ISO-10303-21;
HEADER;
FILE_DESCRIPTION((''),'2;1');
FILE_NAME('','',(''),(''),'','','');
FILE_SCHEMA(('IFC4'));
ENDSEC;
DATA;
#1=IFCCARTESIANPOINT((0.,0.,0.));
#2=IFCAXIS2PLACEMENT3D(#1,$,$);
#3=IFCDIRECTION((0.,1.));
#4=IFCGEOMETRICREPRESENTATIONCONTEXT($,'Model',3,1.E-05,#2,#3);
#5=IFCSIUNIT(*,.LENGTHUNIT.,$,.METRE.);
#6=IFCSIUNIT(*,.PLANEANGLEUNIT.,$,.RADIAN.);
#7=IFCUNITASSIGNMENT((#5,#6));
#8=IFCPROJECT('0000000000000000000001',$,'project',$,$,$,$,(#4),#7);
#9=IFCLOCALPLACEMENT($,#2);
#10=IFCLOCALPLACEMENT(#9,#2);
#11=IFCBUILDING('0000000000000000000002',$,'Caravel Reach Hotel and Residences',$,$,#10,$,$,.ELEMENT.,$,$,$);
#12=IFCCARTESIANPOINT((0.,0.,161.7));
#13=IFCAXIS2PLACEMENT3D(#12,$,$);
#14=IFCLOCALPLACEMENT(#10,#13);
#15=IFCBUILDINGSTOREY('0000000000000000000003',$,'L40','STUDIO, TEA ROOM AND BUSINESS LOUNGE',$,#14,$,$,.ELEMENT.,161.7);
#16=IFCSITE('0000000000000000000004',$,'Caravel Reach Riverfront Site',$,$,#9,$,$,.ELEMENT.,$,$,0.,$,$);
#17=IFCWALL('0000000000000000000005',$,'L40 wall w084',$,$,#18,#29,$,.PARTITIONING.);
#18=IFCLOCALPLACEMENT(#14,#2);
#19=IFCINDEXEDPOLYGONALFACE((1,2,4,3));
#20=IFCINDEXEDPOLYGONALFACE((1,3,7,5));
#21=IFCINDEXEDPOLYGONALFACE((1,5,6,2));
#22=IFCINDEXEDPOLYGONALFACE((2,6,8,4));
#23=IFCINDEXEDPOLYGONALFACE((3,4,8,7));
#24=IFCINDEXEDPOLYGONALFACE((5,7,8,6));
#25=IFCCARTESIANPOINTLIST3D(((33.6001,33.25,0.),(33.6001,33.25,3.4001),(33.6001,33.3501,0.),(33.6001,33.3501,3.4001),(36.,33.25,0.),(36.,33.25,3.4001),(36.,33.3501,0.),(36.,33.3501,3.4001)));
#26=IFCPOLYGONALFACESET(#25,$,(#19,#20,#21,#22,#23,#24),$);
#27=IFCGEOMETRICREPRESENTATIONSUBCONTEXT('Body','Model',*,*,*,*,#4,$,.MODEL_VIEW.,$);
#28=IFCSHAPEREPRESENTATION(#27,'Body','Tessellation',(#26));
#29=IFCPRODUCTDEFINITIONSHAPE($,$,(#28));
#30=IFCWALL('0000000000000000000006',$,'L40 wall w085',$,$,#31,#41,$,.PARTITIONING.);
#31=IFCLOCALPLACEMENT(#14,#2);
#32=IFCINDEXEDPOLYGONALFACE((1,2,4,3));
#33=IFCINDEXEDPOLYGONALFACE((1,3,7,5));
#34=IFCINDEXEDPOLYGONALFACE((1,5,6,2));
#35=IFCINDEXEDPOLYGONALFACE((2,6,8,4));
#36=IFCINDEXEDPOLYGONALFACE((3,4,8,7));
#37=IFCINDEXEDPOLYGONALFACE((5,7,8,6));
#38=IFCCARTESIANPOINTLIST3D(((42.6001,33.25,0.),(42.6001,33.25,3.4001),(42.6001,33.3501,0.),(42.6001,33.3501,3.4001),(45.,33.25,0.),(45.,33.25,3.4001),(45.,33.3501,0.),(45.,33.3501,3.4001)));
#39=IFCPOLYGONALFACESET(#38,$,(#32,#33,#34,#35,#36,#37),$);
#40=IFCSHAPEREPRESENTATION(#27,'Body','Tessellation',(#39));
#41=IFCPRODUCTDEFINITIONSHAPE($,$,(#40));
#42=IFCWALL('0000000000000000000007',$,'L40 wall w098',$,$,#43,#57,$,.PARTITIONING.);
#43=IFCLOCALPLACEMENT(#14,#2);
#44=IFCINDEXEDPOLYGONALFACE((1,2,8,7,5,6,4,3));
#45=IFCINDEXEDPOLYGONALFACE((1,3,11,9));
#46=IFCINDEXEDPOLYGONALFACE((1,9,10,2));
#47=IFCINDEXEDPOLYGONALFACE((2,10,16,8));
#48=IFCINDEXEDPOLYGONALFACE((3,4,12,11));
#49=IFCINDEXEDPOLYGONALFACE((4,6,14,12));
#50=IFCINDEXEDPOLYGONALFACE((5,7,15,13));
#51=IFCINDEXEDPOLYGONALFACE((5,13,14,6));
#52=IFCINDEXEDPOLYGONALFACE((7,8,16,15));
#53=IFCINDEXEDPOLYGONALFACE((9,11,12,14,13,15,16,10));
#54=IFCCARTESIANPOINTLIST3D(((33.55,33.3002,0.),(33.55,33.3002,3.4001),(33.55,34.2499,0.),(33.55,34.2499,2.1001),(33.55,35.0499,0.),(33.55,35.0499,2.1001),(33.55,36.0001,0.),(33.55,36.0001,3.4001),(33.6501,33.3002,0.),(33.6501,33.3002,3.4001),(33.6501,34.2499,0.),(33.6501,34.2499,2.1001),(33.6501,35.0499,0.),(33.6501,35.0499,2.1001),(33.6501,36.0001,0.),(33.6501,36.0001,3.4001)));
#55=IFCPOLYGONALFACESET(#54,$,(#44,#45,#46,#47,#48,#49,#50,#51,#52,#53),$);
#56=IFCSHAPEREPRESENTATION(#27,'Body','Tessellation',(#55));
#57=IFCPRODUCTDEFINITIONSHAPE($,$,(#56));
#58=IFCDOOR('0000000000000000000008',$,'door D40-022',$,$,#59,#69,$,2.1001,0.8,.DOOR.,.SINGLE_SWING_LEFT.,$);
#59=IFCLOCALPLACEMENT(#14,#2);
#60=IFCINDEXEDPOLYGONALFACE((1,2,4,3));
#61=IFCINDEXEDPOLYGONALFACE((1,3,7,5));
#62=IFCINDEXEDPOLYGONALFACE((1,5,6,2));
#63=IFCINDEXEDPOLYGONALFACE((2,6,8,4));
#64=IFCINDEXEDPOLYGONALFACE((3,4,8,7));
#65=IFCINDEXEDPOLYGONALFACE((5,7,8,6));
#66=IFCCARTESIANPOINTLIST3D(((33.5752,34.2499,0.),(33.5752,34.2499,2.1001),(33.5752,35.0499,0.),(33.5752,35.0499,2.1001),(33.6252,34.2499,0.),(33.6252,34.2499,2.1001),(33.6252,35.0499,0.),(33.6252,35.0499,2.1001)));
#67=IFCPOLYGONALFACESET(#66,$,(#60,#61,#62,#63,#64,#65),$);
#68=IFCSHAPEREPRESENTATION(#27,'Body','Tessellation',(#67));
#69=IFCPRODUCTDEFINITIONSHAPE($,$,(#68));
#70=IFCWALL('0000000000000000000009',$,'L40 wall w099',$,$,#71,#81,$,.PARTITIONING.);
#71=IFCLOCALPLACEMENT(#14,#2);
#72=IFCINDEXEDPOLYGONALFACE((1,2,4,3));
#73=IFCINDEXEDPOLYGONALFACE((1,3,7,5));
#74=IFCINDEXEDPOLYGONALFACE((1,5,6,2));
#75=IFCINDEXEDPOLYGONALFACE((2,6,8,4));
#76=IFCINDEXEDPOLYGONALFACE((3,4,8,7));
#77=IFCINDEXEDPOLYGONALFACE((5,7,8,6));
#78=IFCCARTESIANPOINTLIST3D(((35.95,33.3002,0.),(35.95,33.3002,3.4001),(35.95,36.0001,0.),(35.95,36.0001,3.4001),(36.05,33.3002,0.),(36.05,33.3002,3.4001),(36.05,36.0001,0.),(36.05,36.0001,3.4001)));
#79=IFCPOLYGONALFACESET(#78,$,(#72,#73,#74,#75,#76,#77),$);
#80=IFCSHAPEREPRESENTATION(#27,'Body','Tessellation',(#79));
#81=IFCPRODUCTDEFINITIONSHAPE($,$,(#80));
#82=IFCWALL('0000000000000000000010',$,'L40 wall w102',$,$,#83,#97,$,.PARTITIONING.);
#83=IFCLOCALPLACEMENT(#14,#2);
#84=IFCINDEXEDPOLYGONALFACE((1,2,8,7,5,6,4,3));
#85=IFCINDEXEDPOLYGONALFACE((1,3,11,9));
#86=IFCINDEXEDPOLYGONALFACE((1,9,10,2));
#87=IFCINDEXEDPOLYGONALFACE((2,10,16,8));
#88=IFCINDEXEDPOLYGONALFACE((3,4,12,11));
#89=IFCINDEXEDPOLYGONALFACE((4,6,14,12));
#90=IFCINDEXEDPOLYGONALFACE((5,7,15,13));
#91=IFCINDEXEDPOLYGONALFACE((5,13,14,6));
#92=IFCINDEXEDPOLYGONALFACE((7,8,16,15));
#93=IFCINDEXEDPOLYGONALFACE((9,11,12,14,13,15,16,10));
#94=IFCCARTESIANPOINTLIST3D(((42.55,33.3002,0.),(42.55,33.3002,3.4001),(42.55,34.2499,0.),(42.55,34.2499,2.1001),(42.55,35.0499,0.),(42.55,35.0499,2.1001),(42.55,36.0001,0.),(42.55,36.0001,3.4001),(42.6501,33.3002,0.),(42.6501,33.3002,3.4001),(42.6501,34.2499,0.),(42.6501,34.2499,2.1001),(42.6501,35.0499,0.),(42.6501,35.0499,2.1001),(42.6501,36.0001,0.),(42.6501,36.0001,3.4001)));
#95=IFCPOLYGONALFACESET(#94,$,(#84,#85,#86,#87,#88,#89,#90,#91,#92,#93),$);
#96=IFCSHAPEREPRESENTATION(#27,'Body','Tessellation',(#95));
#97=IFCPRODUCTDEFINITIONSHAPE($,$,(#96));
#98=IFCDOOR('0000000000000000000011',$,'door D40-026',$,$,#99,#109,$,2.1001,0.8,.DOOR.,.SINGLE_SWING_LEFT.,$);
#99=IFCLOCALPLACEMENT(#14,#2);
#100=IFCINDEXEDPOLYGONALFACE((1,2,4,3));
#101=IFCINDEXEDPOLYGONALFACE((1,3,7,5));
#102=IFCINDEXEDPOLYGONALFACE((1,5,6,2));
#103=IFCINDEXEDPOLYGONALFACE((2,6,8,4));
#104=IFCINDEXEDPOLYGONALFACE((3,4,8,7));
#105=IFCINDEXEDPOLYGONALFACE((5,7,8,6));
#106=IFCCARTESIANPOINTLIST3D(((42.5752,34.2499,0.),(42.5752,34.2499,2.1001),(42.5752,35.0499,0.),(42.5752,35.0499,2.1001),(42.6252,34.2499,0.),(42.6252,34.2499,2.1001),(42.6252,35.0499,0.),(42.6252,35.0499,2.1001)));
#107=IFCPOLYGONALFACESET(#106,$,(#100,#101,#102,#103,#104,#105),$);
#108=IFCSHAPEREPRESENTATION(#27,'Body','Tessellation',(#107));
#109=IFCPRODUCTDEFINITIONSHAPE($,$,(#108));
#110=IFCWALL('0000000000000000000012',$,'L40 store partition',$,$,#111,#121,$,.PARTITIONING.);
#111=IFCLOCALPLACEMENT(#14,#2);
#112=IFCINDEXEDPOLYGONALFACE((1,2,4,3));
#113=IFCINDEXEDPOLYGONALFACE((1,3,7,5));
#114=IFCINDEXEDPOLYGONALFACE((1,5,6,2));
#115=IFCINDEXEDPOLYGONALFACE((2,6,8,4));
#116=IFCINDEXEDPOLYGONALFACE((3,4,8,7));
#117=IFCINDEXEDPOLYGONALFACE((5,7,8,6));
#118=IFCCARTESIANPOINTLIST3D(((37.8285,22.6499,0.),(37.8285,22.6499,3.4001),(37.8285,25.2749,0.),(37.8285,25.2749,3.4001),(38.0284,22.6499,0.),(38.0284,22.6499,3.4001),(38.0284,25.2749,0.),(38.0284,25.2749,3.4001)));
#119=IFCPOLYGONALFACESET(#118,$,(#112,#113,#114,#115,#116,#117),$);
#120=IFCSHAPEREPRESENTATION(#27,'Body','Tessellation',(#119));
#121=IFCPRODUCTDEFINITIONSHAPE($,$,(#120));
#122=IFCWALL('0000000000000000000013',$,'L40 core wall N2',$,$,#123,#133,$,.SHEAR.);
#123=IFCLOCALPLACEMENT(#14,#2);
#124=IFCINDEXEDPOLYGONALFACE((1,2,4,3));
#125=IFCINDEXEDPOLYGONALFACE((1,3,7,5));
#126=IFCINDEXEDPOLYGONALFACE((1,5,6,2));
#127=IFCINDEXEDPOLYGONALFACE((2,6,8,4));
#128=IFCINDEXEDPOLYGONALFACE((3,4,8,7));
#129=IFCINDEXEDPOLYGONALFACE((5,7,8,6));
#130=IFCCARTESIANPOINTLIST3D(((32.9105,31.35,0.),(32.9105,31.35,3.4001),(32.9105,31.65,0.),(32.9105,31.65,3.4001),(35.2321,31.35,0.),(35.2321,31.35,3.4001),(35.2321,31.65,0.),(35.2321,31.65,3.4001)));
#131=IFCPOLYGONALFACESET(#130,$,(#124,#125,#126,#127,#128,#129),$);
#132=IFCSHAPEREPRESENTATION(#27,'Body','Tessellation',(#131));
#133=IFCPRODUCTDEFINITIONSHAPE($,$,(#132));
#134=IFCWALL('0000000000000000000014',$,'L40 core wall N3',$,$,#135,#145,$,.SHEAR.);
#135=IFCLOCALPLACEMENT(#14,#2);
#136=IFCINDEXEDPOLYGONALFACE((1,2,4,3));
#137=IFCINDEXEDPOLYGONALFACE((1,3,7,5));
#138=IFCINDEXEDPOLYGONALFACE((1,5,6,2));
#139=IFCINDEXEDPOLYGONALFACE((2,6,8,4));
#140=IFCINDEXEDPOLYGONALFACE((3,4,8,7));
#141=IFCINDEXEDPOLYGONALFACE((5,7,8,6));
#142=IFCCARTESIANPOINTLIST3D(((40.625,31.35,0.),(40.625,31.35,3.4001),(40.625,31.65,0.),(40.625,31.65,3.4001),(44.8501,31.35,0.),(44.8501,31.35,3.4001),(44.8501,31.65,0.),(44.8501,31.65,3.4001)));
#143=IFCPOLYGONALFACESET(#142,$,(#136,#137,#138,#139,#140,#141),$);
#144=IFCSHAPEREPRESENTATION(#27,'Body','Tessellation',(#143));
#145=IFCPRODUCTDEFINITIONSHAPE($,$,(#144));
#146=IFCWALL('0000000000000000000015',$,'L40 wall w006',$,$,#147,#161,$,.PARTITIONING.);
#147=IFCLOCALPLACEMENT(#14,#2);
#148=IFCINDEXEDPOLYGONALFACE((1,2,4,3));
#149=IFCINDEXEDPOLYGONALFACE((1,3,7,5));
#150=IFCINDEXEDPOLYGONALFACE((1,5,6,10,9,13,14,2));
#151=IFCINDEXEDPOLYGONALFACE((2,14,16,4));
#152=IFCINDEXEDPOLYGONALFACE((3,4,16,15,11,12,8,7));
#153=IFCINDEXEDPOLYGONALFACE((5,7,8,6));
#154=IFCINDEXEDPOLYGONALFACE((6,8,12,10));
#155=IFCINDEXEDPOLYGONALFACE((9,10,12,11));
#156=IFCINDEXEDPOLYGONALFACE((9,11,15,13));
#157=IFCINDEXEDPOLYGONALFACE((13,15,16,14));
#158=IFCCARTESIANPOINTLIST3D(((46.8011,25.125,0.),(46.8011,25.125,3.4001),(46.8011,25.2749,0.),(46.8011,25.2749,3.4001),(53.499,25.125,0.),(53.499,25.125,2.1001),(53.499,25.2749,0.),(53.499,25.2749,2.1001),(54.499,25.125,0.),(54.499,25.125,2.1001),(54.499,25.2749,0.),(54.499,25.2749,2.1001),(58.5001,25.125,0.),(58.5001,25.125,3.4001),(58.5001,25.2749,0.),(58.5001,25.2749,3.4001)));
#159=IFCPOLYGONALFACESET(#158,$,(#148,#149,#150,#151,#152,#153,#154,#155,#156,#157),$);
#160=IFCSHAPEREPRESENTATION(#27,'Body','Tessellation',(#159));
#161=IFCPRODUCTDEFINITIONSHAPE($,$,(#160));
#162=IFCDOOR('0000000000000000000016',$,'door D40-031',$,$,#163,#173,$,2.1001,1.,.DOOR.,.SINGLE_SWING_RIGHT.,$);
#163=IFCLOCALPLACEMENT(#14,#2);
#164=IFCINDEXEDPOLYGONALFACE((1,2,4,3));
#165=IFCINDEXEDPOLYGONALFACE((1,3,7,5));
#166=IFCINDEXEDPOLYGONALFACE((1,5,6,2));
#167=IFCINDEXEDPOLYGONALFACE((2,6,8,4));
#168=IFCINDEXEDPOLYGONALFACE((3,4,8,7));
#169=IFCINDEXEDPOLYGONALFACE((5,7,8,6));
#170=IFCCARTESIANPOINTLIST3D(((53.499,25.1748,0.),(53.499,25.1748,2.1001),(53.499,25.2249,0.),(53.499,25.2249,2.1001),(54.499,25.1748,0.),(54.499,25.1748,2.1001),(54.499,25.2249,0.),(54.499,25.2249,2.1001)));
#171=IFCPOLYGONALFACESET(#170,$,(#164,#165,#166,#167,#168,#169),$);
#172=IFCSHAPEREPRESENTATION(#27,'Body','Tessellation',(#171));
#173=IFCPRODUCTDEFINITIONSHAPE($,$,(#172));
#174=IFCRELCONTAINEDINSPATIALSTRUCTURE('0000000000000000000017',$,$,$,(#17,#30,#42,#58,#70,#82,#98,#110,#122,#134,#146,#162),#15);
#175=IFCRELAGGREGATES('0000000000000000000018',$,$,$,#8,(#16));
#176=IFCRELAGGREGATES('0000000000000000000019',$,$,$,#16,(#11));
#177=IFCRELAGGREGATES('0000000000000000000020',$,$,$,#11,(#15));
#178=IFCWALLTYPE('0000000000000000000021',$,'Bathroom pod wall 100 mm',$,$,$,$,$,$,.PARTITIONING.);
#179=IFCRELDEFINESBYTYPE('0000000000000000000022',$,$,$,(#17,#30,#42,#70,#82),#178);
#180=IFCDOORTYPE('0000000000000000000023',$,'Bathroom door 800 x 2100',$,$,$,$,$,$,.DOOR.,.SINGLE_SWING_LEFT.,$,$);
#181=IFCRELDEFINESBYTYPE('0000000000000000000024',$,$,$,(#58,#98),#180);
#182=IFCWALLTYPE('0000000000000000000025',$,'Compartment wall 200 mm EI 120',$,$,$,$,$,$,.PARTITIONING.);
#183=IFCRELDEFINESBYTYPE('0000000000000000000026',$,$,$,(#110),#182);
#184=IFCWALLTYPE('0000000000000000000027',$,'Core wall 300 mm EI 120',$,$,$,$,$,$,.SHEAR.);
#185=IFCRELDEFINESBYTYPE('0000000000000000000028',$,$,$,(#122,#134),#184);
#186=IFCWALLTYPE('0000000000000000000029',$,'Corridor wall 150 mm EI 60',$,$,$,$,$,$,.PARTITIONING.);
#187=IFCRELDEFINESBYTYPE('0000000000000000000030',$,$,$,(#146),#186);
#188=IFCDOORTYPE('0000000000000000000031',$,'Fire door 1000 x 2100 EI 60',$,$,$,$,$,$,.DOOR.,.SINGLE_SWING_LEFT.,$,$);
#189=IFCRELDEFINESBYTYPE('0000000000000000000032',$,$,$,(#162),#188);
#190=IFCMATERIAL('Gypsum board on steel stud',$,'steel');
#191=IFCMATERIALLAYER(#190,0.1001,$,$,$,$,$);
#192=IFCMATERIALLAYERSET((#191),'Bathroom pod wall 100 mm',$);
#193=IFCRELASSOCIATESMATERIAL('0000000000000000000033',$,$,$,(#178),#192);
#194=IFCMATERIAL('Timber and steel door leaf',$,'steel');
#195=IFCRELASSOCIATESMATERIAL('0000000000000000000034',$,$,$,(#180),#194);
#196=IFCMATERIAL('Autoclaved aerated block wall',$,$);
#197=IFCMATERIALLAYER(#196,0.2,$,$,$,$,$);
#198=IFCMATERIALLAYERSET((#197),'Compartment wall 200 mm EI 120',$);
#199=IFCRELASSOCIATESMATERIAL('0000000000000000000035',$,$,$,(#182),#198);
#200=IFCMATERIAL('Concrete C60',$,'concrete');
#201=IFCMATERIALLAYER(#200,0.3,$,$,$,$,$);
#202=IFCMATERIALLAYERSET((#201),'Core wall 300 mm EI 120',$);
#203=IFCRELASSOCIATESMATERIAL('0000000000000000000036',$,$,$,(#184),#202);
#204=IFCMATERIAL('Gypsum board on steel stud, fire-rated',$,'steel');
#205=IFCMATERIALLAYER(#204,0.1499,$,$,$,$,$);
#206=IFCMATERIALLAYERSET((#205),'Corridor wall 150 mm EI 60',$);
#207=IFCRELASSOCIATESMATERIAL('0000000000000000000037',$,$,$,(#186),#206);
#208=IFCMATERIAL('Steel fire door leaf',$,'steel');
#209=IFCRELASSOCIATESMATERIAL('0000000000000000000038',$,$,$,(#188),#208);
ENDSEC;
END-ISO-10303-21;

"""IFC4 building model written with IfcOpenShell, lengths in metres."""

from ifc_helpers import new_model, si_unit, direction, frame, frame_2d, origin, place, context, subcontext, project, spatial, rectangle, extrude, material, layer, layer_set, type_object, element, fill, save


model = new_model("IFC4")

# Units and contexts
model_context = context("Model", 3, precision=1e-05, world=origin(), true_north=direction((0.0, 1.0)))
body_context = subcontext(model_context, "Body", "Model", "MODEL_VIEW")
ifc_project = project(units=[si_unit("LENGTHUNIT", "METRE"), si_unit("PLANEANGLEUNIT", "RADIAN")], contexts=[model_context])

# Site, building, storey
site_placement = place(None, origin())
site = spatial("IfcSite", under=ifc_project, at=site_placement, Name="Caravel Reach Riverfront Site", CompositionType="ELEMENT", RefElevation=0.0)
building_placement = place(site_placement, origin())
building = spatial("IfcBuilding", under=site, at=building_placement, Name="Caravel Reach Hotel and Residences", CompositionType="ELEMENT")
storey_placement = place(building_placement, frame((0.0, 0.0, 161.7)))
storey = spatial("IfcBuildingStorey", under=building, at=storey_placement, Name="L40", Description="STUDIO, TEA ROOM AND BUSINESS LOUNGE", CompositionType="ELEMENT", Elevation=161.7)

# Walls
ifc_material_1 = material(Name="Gypsum board on steel stud", Category="steel")
ifc_layer_1 = layer(ifc_material_1, 0.1001)
ifc_layer_set_1 = layer_set([ifc_layer_1], Name="Bathroom pod wall 100 mm")
wall_type_1 = type_object("IfcWallType", Name="Bathroom pod wall 100 mm", PredefinedType="PARTITIONING", material=ifc_layer_set_1)
for number, where, z_axis, x_axis, name in (
    (1, (33.6001, 33.3, 0.0), (0.0, 0.0, 1.0), (1.0, 0.0, 0.0), "L40 wall w084"),
    (2, (42.6001, 33.3, 0.0), (0.0, 0.0, 1.0), (1.0, 0.0, 0.0), "L40 wall w085"),
):
    element("IfcWall", number, at=place(storey_placement, frame(where, z_axis=z_axis, x_axis=x_axis)), inside=storey, type_object=wall_type_1, Name=name, PredefinedType="PARTITIONING", context=body_context, shape_type="SweptSolid", body=[
        extrude(rectangle(XDim=2.3999, YDim=0.1001, at=frame_2d((1.2, 0.0))), origin(), (0.0, 0.0, 1.0), 3.4001),
    ])

# Wall, opening, door
wall_1_placement = place(storey_placement, frame((33.6001, 33.3, 0.0), z_axis=(0.0, 0.0, 1.0), x_axis=(0.0, 1.0, 0.0)))
wall_1 = element("IfcWall", 3, at=wall_1_placement, inside=storey, type_object=wall_type_1, Name="L40 wall w098", PredefinedType="PARTITIONING", context=body_context, shape_type="SweptSolid", body=[
    extrude(rectangle(XDim=2.7, YDim=0.1001, at=frame_2d((1.3501, 0.0))), origin(), (0.0, 0.0, 1.0), 3.4001),
])
opening_1_placement = place(wall_1_placement, frame((0.95, 0.0, 0.0)))
opening_1 = element("IfcOpeningElement", 4, at=opening_1_placement, cuts=wall_1, PredefinedType="OPENING", context=body_context, shape_type="SweptSolid", body=[
    extrude(rectangle(XDim=0.8, YDim=2.1001, at=frame_2d((0.3999, 1.05))), frame((0.0, 0.0601, 0.0), z_axis=(0.0, -1.0, 0.0), x_axis=(1.0, 0.0, 0.0)), (0.0, 0.0, 1.0), 0.1201),
])
ifc_material_2 = material(Name="Timber and steel door leaf", Category="steel")
door_type_1 = type_object("IfcDoorType", Name="Bathroom door 800 x 2100", OperationType="SINGLE_SWING_LEFT", PredefinedType="DOOR", material=ifc_material_2)
door_1_placement = place(opening_1_placement, origin())
door_1 = element("IfcDoor", 5, at=door_1_placement, inside=storey, type_object=door_type_1, Name="door D40-022", OperationType="SINGLE_SWING_LEFT", OverallHeight=2.1001, OverallWidth=0.8, PredefinedType="DOOR", context=body_context, shape_type="SweptSolid", body=[
    extrude(rectangle(XDim=0.8, YDim=2.1001, at=frame_2d((0.3999, 1.05))), frame((0.0, 0.0249, 0.0), z_axis=(0.0, -1.0, 0.0), x_axis=(1.0, 0.0, 0.0)), (0.0, 0.0, 1.0), 0.05),
])
fill(opening_1, door_1)

# Wall
wall_2_placement = place(storey_placement, frame((36.0, 33.3, 0.0), z_axis=(0.0, 0.0, 1.0), x_axis=(0.0, 1.0, 0.0)))
element("IfcWall", 6, at=wall_2_placement, inside=storey, type_object=wall_type_1, Name="L40 wall w099", PredefinedType="PARTITIONING", context=body_context, shape_type="SweptSolid", body=[
    extrude(rectangle(XDim=2.7, YDim=0.1001, at=frame_2d((1.3501, 0.0))), origin(), (0.0, 0.0, 1.0), 3.4001),
])

# Wall, opening, door
wall_3_placement = place(storey_placement, frame((42.6001, 33.3, 0.0), z_axis=(0.0, 0.0, 1.0), x_axis=(0.0, 1.0, 0.0)))
wall_3 = element("IfcWall", 7, at=wall_3_placement, inside=storey, type_object=wall_type_1, Name="L40 wall w102", PredefinedType="PARTITIONING", context=body_context, shape_type="SweptSolid", body=[
    extrude(rectangle(XDim=2.7, YDim=0.1001, at=frame_2d((1.3501, 0.0))), origin(), (0.0, 0.0, 1.0), 3.4001),
])
opening_2_placement = place(wall_3_placement, frame((0.95, 0.0, 0.0)))
opening_2 = element("IfcOpeningElement", 8, at=opening_2_placement, cuts=wall_3, PredefinedType="OPENING", context=body_context, shape_type="SweptSolid", body=[
    extrude(rectangle(XDim=0.8, YDim=2.1001, at=frame_2d((0.3999, 1.05))), frame((0.0, 0.0601, 0.0), z_axis=(0.0, -1.0, 0.0), x_axis=(1.0, 0.0, 0.0)), (0.0, 0.0, 1.0), 0.1201),
])
door_2_placement = place(opening_2_placement, origin())
door_2 = element("IfcDoor", 9, at=door_2_placement, inside=storey, type_object=door_type_1, Name="door D40-026", OperationType="SINGLE_SWING_LEFT", OverallHeight=2.1001, OverallWidth=0.8, PredefinedType="DOOR", context=body_context, shape_type="SweptSolid", body=[
    extrude(rectangle(XDim=0.8, YDim=2.1001, at=frame_2d((0.3999, 1.05))), frame((0.0, 0.0249, 0.0), z_axis=(0.0, -1.0, 0.0), x_axis=(1.0, 0.0, 0.0)), (0.0, 0.0, 1.0), 0.05),
])
fill(opening_2, door_2)

# Walls
ifc_material_3 = material(Name="Autoclaved aerated block wall")
ifc_layer_2 = layer(ifc_material_3, 0.2)
ifc_layer_set_2 = layer_set([ifc_layer_2], Name="Compartment wall 200 mm EI 120")
wall_type_2 = type_object("IfcWallType", Name="Compartment wall 200 mm EI 120", PredefinedType="PARTITIONING", material=ifc_layer_set_2)
wall_4_placement = place(storey_placement, frame((37.9285, 22.6499, 0.0), z_axis=(0.0, 0.0, 1.0), x_axis=(0.0, 1.0, 0.0)))
element("IfcWall", 10, at=wall_4_placement, inside=storey, type_object=wall_type_2, Name="L40 store partition", PredefinedType="PARTITIONING", context=body_context, shape_type="SweptSolid", body=[
    extrude(rectangle(XDim=2.625, YDim=0.2, at=frame_2d((1.3125, 0.0))), origin(), (0.0, 0.0, 1.0), 3.4001),
])
ifc_material_4 = material(Name="Concrete C60", Category="concrete")
ifc_layer_3 = layer(ifc_material_4, 0.3)
ifc_layer_set_3 = layer_set([ifc_layer_3], Name="Core wall 300 mm EI 120")
wall_type_3 = type_object("IfcWallType", Name="Core wall 300 mm EI 120", PredefinedType="SHEAR", material=ifc_layer_set_3)
wall_5_placement = place(storey_placement, frame((32.9106, 31.5, 0.0), z_axis=(0.0, 0.0, 1.0), x_axis=(1.0, 0.0, 0.0)))
element("IfcWall", 11, at=wall_5_placement, inside=storey, type_object=wall_type_3, Name="L40 core wall N2", PredefinedType="SHEAR", context=body_context, shape_type="SweptSolid", body=[
    extrude(rectangle(XDim=2.3215, YDim=0.3, at=frame_2d((1.1606, 0.0))), origin(), (0.0, 0.0, 1.0), 3.4001),
])
wall_6_placement = place(storey_placement, frame((40.625, 31.5, 0.0), z_axis=(0.0, 0.0, 1.0), x_axis=(1.0, 0.0, 0.0)))
element("IfcWall", 12, at=wall_6_placement, inside=storey, type_object=wall_type_3, Name="L40 core wall N3", PredefinedType="SHEAR", context=body_context, shape_type="SweptSolid", body=[
    extrude(rectangle(XDim=4.2251, YDim=0.3, at=frame_2d((2.1125, 0.0))), origin(), (0.0, 0.0, 1.0), 3.4001),
])

# Wall, opening, door
ifc_material_5 = material(Name="Gypsum board on steel stud, fire-rated", Category="steel")
ifc_layer_4 = layer(ifc_material_5, 0.1499)
ifc_layer_set_4 = layer_set([ifc_layer_4], Name="Corridor wall 150 mm EI 60")
wall_type_4 = type_object("IfcWallType", Name="Corridor wall 150 mm EI 60", PredefinedType="PARTITIONING", material=ifc_layer_set_4)
wall_7_placement = place(storey_placement, frame((46.801, 25.2, 0.0), z_axis=(0.0, 0.0, 1.0), x_axis=(1.0, 0.0, 0.0)))
wall_7 = element("IfcWall", 13, at=wall_7_placement, inside=storey, type_object=wall_type_4, Name="L40 wall w006", PredefinedType="PARTITIONING", context=body_context, shape_type="SweptSolid", body=[
    extrude(rectangle(XDim=11.699, YDim=0.1499, at=frame_2d((5.8496, 0.0))), origin(), (0.0, 0.0, 1.0), 3.4001),
])
opening_3_placement = place(wall_7_placement, frame((6.698, 0.0, 0.0)))
opening_3 = element("IfcOpeningElement", 14, at=opening_3_placement, cuts=wall_7, PredefinedType="OPENING", context=body_context, shape_type="SweptSolid", body=[
    extrude(rectangle(XDim=1.0, YDim=2.1001, at=frame_2d((0.5, 1.05))), frame((0.0, 0.085, 0.0), z_axis=(0.0, -1.0, 0.0), x_axis=(1.0, 0.0, 0.0)), (0.0, 0.0, 1.0), 0.1699),
])
ifc_material_6 = material(Name="Steel fire door leaf", Category="steel")
door_type_2 = type_object("IfcDoorType", Name="Fire door 1000 x 2100 EI 60", OperationType="SINGLE_SWING_LEFT", PredefinedType="DOOR", material=ifc_material_6)
door_3_placement = place(opening_3_placement, origin())
door_3 = element("IfcDoor", 15, at=door_3_placement, inside=storey, type_object=door_type_2, Name="door D40-031", OperationType="SINGLE_SWING_RIGHT", OverallHeight=2.1001, OverallWidth=1.0, PredefinedType="DOOR", context=body_context, shape_type="SweptSolid", body=[
    extrude(rectangle(XDim=1.0, YDim=2.1001, at=frame_2d((0.5, 1.05))), frame((0.0, 0.0249, 0.0), z_axis=(0.0, -1.0, 0.0), x_axis=(1.0, 0.0, 0.0)), (0.0, 0.0, 1.0), 0.05),
])
fill(opening_3, door_3)

save(model, "model.ifc")
